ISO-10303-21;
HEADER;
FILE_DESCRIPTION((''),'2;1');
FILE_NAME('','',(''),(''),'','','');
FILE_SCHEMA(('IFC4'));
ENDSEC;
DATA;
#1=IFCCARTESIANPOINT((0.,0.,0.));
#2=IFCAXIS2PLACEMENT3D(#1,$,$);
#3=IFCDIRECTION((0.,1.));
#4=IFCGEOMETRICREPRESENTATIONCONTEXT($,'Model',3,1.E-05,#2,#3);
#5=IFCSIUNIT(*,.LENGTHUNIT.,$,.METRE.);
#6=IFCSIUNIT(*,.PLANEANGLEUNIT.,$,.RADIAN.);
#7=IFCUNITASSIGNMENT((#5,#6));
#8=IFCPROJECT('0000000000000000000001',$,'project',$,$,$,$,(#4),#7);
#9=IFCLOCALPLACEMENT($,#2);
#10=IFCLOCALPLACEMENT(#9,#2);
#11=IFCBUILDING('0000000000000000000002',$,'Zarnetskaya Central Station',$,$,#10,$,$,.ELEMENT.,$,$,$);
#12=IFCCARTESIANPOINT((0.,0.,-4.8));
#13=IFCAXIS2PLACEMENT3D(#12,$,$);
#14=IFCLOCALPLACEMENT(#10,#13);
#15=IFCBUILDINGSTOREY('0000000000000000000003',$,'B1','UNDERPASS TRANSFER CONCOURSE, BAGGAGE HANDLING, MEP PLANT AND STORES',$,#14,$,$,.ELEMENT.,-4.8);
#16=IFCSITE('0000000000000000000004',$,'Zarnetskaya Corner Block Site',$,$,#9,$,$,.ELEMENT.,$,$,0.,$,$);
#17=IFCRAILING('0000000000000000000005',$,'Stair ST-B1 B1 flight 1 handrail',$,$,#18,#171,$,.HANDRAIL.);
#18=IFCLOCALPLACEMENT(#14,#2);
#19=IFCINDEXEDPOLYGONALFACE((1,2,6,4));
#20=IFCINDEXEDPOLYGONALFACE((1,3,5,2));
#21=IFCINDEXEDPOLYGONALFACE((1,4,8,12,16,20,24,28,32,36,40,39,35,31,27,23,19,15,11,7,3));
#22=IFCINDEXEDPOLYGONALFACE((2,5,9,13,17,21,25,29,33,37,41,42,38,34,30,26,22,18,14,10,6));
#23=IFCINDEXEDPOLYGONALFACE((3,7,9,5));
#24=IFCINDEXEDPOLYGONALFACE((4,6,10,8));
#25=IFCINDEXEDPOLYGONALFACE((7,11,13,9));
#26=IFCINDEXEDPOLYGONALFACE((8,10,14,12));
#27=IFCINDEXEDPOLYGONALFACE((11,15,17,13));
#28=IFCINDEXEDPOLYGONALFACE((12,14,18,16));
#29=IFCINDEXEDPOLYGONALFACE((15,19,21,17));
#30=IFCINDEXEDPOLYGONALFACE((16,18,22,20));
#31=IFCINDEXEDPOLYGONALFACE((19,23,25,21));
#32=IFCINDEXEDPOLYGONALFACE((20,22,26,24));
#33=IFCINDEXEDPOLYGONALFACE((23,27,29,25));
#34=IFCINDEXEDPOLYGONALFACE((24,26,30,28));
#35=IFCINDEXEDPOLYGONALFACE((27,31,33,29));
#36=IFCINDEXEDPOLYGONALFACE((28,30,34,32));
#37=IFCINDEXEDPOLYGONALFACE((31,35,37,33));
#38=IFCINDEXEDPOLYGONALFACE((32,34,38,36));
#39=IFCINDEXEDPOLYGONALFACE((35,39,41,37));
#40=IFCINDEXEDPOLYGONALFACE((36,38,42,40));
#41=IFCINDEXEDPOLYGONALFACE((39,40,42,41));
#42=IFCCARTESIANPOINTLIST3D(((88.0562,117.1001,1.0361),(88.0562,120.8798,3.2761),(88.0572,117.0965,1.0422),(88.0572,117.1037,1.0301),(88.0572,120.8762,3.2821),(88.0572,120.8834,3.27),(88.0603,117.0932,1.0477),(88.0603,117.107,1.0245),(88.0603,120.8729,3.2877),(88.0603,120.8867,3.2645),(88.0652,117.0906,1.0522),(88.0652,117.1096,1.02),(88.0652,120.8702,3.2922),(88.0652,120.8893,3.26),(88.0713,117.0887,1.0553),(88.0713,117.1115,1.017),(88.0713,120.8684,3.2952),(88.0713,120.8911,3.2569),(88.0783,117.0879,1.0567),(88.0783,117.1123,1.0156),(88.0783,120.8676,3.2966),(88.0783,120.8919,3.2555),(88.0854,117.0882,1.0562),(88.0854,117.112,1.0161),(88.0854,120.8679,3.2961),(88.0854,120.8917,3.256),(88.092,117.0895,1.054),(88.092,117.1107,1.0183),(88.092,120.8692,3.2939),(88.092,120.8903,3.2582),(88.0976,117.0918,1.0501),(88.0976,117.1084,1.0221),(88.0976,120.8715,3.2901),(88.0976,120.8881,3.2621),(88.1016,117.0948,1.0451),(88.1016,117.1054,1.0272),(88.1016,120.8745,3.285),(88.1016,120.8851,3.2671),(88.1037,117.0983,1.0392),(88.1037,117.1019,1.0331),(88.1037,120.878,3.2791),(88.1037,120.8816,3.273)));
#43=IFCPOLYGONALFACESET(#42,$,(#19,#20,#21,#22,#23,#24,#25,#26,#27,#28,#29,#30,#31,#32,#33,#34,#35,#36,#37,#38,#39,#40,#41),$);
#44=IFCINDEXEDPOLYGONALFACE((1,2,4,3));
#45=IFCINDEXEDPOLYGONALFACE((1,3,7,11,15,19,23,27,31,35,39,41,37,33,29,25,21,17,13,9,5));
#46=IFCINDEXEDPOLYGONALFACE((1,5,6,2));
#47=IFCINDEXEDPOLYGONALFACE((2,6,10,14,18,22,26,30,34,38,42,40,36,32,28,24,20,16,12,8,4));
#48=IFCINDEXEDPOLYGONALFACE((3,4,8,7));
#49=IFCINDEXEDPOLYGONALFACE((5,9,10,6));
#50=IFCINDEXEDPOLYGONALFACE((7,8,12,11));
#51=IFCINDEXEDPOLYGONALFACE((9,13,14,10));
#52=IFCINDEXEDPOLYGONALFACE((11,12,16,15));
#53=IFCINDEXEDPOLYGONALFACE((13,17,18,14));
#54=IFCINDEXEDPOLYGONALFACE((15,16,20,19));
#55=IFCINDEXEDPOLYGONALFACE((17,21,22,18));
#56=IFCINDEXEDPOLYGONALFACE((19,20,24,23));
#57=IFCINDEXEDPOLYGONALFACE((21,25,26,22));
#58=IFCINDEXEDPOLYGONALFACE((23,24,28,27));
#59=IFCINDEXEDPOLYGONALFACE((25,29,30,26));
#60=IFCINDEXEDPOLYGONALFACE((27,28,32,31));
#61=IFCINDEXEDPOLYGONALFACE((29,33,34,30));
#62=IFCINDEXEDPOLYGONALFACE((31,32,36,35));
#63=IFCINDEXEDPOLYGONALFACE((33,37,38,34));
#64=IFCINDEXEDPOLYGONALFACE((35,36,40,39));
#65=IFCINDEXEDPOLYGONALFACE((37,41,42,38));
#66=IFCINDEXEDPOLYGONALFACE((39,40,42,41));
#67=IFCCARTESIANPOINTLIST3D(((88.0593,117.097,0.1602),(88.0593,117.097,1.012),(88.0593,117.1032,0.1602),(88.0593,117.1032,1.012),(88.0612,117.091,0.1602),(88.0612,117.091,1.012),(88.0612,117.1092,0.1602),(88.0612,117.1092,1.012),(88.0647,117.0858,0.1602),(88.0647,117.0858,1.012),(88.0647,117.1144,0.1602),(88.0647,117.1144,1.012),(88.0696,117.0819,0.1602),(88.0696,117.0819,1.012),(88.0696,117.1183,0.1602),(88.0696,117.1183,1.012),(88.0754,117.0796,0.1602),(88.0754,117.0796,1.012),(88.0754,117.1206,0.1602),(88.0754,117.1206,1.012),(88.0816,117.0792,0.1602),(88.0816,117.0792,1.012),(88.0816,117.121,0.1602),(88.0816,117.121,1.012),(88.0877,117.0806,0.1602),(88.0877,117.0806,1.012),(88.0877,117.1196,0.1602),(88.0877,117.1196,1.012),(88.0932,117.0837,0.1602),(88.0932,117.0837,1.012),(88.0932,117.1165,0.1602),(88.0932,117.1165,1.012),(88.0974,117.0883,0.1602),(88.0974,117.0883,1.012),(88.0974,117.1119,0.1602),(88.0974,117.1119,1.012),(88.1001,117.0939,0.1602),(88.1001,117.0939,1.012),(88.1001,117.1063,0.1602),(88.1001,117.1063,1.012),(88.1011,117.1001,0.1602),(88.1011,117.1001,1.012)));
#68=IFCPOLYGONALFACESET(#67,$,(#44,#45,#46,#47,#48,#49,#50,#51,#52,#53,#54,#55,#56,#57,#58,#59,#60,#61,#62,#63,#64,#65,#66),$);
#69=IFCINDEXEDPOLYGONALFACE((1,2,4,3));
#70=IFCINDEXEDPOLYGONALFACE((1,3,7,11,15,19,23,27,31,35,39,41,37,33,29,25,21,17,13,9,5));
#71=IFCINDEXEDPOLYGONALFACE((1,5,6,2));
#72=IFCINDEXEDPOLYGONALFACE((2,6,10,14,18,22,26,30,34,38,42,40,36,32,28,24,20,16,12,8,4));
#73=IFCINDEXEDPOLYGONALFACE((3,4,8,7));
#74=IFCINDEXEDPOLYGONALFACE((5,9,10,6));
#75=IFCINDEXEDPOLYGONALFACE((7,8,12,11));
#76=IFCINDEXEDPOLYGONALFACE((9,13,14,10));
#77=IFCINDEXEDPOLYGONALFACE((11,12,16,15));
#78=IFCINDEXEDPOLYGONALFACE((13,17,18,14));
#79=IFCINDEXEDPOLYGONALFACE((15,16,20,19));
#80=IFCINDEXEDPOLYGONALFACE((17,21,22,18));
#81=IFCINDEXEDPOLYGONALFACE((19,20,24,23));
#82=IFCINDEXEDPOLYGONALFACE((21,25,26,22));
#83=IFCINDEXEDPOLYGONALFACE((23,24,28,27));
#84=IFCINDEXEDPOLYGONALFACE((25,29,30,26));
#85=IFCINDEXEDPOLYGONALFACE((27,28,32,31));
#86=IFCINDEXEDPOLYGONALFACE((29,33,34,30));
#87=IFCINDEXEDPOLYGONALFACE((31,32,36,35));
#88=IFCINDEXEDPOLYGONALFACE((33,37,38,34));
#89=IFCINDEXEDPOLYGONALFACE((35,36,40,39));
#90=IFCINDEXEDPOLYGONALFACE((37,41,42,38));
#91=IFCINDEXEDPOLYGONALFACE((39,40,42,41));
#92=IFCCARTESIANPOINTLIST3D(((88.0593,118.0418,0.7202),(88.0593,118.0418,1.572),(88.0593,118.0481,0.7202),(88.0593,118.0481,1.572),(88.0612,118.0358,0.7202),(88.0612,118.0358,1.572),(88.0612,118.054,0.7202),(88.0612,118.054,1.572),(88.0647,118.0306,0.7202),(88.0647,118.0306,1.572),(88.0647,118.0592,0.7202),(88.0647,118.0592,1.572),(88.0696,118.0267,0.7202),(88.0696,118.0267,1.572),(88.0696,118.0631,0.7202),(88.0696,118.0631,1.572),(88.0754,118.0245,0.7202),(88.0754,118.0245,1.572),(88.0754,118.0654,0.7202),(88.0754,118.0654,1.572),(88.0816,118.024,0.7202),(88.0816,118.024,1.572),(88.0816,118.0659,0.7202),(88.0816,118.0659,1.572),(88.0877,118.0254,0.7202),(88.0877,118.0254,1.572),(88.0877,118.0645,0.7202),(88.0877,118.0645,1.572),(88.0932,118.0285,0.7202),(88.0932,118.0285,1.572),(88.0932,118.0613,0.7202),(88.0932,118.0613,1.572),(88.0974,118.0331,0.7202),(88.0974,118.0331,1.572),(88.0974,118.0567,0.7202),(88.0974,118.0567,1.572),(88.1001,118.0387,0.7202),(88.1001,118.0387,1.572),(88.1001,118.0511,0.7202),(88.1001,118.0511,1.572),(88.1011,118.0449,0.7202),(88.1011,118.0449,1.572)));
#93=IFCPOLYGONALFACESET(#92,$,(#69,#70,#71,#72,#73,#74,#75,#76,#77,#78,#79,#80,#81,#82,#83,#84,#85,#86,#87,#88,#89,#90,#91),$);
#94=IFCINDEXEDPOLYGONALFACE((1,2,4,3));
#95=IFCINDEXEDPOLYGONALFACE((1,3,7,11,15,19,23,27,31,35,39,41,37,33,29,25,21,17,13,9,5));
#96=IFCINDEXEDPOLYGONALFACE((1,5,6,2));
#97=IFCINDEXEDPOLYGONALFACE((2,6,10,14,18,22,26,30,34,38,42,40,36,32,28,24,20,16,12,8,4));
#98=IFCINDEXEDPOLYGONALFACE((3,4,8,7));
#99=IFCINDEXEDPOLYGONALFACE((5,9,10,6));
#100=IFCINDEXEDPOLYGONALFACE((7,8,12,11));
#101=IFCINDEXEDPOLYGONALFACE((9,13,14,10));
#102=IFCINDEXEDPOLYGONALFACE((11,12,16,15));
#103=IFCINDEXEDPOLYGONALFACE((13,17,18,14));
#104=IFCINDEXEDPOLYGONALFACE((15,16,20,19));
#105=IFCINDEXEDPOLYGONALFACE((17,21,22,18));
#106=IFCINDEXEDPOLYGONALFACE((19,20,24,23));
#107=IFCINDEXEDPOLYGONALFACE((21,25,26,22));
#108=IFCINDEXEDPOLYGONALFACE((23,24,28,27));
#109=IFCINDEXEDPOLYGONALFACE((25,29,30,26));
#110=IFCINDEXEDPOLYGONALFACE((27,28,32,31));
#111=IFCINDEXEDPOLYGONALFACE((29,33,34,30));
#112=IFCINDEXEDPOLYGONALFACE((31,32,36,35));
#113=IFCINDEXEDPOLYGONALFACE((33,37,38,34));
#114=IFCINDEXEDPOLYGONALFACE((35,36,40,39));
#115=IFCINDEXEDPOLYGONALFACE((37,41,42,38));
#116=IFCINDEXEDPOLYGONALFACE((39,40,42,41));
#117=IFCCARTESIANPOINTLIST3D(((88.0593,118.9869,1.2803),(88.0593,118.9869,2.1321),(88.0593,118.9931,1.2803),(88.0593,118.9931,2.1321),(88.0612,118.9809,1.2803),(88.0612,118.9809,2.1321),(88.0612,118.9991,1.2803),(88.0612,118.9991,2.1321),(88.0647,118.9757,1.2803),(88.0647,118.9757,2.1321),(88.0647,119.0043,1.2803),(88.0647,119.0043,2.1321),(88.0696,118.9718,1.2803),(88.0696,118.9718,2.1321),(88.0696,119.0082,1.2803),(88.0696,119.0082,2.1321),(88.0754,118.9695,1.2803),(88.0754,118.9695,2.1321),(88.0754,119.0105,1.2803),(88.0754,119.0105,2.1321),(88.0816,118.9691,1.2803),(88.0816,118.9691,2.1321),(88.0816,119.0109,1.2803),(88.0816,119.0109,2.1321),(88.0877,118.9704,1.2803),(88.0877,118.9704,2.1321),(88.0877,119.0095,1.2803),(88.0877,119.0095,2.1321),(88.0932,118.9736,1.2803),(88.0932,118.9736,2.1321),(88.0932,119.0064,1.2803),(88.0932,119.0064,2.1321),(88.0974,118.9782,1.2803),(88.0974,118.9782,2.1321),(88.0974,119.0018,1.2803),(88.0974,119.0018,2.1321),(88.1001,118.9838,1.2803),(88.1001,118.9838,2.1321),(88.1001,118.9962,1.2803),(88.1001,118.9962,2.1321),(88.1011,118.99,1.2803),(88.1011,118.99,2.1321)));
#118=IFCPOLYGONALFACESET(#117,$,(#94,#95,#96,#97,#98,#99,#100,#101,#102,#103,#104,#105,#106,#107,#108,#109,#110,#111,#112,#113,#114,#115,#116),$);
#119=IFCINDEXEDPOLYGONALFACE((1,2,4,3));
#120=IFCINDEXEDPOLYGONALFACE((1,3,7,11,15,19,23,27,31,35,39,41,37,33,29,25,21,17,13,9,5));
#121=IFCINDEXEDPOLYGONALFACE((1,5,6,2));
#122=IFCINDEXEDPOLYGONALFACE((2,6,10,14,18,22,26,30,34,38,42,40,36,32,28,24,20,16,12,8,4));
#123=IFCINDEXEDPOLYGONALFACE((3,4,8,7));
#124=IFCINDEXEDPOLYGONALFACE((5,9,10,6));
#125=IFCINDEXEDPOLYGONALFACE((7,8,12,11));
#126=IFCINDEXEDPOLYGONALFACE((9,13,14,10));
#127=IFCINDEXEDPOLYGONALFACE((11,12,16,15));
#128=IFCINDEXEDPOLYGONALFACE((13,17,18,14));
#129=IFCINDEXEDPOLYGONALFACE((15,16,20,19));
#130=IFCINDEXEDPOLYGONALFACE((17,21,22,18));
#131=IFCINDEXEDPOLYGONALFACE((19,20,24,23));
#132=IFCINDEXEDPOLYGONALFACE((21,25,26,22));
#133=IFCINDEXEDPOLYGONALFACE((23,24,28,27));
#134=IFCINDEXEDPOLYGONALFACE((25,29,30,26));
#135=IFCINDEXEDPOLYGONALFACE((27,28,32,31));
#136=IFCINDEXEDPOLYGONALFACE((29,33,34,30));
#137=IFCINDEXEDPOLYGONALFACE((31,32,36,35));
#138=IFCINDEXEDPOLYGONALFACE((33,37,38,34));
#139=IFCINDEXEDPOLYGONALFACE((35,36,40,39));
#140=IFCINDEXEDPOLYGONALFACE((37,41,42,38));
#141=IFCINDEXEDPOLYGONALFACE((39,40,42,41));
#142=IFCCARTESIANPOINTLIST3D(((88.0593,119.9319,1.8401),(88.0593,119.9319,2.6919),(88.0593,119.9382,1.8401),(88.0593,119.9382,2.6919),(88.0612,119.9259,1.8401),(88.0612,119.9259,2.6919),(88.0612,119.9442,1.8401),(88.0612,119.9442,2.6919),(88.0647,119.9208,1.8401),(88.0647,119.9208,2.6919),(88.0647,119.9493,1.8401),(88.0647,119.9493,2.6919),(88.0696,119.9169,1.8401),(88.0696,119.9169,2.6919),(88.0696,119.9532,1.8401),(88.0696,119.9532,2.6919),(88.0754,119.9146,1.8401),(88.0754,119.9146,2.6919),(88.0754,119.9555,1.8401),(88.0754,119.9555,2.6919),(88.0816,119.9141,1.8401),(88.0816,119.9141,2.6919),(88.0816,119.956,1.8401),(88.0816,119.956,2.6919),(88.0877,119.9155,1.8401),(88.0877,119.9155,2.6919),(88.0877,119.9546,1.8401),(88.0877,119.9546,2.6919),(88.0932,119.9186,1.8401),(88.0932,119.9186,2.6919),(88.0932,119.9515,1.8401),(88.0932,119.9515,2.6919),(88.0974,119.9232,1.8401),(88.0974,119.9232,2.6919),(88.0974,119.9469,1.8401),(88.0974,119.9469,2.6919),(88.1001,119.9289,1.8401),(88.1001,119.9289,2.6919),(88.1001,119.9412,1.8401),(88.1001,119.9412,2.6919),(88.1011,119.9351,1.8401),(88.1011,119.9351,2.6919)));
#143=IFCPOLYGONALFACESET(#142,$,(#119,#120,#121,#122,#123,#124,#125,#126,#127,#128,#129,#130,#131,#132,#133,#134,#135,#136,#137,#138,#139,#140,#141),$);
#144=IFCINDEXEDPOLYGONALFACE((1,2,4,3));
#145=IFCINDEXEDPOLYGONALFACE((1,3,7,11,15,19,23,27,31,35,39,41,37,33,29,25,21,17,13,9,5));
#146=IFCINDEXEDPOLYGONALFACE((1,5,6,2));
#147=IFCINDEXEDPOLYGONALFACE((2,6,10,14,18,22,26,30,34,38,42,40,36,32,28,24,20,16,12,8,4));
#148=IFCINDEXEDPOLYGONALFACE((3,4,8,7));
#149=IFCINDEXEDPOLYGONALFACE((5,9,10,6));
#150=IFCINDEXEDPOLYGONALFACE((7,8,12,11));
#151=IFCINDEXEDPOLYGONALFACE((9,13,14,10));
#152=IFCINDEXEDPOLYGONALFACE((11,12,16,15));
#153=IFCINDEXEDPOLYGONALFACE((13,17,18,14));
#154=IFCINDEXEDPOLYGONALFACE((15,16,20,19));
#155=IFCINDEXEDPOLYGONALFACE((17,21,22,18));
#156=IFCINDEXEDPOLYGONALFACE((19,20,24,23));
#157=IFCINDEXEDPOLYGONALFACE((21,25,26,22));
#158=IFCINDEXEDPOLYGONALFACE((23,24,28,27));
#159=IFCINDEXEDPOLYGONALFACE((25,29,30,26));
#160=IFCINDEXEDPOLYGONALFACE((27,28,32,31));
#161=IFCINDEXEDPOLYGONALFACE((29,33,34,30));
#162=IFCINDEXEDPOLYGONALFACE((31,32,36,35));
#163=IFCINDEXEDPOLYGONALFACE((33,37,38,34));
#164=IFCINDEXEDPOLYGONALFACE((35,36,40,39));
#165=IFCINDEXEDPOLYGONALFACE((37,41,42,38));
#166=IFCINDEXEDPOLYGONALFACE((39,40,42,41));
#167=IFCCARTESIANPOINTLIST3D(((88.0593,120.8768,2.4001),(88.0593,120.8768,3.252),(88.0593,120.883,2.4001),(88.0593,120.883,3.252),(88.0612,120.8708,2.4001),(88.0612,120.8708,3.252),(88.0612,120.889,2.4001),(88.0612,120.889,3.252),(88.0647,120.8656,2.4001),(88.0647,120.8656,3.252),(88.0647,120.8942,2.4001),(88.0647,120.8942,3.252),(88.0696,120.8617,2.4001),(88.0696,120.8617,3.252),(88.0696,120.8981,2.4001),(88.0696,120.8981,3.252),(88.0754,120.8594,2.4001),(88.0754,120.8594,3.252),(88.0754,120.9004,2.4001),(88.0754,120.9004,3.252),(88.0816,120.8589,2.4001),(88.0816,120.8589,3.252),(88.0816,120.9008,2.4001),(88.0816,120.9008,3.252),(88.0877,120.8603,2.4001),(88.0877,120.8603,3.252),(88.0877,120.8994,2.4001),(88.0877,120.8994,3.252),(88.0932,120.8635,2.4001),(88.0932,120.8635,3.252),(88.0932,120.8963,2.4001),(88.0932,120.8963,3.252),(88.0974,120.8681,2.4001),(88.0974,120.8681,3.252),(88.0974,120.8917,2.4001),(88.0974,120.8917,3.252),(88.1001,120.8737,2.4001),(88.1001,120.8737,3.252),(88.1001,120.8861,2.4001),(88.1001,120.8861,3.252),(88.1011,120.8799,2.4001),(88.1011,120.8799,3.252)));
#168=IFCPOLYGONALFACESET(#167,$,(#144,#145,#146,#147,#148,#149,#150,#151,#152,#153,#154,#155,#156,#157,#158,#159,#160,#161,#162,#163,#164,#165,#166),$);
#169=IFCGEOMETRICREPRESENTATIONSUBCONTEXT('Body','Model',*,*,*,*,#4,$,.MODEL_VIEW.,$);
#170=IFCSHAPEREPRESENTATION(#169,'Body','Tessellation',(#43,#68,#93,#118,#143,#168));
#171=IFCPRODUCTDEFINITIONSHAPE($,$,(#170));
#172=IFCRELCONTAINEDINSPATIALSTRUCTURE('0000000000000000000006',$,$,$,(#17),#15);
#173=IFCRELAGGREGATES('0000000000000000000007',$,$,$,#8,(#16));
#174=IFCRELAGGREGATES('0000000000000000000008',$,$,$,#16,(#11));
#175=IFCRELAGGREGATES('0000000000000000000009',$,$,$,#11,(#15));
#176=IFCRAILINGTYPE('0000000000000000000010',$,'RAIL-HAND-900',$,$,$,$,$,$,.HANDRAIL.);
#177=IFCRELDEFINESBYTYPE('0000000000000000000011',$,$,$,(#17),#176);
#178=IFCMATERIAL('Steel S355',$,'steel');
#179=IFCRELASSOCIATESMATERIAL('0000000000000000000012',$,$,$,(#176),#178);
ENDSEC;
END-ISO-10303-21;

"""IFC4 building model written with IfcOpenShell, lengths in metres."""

from ifc_helpers import new_model, si_unit, direction, frame, origin, origin_2d, place, context, subcontext, project, spatial, circle, extrude, material, type_object, element, save


model = new_model("IFC4")

# Units and contexts
model_context = context("Model", 3, precision=1e-05, world=origin(), true_north=direction((0.0, 1.0)))
body_context = subcontext(model_context, "Body", "Model", "MODEL_VIEW")
ifc_project = project(units=[si_unit("LENGTHUNIT", "METRE"), si_unit("PLANEANGLEUNIT", "RADIAN")], contexts=[model_context])

# Site, building, storey
site_placement = place(None, origin())
site = spatial("IfcSite", under=ifc_project, at=site_placement, Name="Zarnetskaya Corner Block Site", CompositionType="ELEMENT", RefElevation=0.0)
building_placement = place(site_placement, origin())
building = spatial("IfcBuilding", under=site, at=building_placement, Name="Zarnetskaya Central Station", CompositionType="ELEMENT")
storey_placement = place(building_placement, frame((0.0, 0.0, -4.8)))
storey = spatial("IfcBuildingStorey", under=building, at=storey_placement, Name="B1", Description="UNDERPASS TRANSFER CONCOURSE, BAGGAGE HANDLING, MEP PLANT AND STORES", CompositionType="ELEMENT", Elevation=-4.8)

# Railing
ifc_material_1 = material(Name="Steel S355", Category="steel")
railing_type_1 = type_object("IfcRailingType", Name="RAIL-HAND-900", PredefinedType="HANDRAIL", material=ifc_material_1)
railing_1_placement = place(storey_placement, frame((88.0801, 117.1001, 0.1602)))
element("IfcRailing", 1, at=railing_1_placement, inside=storey, type_object=railing_type_1, Name="Stair ST-B1 B1 flight 1 handrail", PredefinedType="HANDRAIL", context=body_context, shape_type="SweptSolid", body=[
    extrude(circle(Radius=0.0239, at=origin_2d()), frame((0.0, 0.0, 0.876), z_axis=(0.0, 0.86028, 0.509822), x_axis=(-1.0, 0.0, 0.0)), (0.0, 0.0, 1.0), 4.3936),
    extrude(circle(Radius=0.021, at=origin_2d()), origin(), (0.0, 0.0, 1.0), 0.8518),
    extrude(circle(Radius=0.021, at=origin_2d()), frame((0.0, 0.9448, 0.5601)), (0.0, 0.0, 1.0), 0.8518),
    extrude(circle(Radius=0.021, at=origin_2d()), frame((0.0, 1.8899, 1.1201)), (0.0, 0.0, 1.0), 0.8518),
    extrude(circle(Radius=0.021, at=origin_2d()), frame((0.0, 2.835, 1.6799)), (0.0, 0.0, 1.0), 0.8518),
    extrude(circle(Radius=0.021, at=origin_2d()), frame((0.0, 3.7798, 2.24)), (0.0, 0.0, 1.0), 0.8518),
])

save(model, "model.ifc")
